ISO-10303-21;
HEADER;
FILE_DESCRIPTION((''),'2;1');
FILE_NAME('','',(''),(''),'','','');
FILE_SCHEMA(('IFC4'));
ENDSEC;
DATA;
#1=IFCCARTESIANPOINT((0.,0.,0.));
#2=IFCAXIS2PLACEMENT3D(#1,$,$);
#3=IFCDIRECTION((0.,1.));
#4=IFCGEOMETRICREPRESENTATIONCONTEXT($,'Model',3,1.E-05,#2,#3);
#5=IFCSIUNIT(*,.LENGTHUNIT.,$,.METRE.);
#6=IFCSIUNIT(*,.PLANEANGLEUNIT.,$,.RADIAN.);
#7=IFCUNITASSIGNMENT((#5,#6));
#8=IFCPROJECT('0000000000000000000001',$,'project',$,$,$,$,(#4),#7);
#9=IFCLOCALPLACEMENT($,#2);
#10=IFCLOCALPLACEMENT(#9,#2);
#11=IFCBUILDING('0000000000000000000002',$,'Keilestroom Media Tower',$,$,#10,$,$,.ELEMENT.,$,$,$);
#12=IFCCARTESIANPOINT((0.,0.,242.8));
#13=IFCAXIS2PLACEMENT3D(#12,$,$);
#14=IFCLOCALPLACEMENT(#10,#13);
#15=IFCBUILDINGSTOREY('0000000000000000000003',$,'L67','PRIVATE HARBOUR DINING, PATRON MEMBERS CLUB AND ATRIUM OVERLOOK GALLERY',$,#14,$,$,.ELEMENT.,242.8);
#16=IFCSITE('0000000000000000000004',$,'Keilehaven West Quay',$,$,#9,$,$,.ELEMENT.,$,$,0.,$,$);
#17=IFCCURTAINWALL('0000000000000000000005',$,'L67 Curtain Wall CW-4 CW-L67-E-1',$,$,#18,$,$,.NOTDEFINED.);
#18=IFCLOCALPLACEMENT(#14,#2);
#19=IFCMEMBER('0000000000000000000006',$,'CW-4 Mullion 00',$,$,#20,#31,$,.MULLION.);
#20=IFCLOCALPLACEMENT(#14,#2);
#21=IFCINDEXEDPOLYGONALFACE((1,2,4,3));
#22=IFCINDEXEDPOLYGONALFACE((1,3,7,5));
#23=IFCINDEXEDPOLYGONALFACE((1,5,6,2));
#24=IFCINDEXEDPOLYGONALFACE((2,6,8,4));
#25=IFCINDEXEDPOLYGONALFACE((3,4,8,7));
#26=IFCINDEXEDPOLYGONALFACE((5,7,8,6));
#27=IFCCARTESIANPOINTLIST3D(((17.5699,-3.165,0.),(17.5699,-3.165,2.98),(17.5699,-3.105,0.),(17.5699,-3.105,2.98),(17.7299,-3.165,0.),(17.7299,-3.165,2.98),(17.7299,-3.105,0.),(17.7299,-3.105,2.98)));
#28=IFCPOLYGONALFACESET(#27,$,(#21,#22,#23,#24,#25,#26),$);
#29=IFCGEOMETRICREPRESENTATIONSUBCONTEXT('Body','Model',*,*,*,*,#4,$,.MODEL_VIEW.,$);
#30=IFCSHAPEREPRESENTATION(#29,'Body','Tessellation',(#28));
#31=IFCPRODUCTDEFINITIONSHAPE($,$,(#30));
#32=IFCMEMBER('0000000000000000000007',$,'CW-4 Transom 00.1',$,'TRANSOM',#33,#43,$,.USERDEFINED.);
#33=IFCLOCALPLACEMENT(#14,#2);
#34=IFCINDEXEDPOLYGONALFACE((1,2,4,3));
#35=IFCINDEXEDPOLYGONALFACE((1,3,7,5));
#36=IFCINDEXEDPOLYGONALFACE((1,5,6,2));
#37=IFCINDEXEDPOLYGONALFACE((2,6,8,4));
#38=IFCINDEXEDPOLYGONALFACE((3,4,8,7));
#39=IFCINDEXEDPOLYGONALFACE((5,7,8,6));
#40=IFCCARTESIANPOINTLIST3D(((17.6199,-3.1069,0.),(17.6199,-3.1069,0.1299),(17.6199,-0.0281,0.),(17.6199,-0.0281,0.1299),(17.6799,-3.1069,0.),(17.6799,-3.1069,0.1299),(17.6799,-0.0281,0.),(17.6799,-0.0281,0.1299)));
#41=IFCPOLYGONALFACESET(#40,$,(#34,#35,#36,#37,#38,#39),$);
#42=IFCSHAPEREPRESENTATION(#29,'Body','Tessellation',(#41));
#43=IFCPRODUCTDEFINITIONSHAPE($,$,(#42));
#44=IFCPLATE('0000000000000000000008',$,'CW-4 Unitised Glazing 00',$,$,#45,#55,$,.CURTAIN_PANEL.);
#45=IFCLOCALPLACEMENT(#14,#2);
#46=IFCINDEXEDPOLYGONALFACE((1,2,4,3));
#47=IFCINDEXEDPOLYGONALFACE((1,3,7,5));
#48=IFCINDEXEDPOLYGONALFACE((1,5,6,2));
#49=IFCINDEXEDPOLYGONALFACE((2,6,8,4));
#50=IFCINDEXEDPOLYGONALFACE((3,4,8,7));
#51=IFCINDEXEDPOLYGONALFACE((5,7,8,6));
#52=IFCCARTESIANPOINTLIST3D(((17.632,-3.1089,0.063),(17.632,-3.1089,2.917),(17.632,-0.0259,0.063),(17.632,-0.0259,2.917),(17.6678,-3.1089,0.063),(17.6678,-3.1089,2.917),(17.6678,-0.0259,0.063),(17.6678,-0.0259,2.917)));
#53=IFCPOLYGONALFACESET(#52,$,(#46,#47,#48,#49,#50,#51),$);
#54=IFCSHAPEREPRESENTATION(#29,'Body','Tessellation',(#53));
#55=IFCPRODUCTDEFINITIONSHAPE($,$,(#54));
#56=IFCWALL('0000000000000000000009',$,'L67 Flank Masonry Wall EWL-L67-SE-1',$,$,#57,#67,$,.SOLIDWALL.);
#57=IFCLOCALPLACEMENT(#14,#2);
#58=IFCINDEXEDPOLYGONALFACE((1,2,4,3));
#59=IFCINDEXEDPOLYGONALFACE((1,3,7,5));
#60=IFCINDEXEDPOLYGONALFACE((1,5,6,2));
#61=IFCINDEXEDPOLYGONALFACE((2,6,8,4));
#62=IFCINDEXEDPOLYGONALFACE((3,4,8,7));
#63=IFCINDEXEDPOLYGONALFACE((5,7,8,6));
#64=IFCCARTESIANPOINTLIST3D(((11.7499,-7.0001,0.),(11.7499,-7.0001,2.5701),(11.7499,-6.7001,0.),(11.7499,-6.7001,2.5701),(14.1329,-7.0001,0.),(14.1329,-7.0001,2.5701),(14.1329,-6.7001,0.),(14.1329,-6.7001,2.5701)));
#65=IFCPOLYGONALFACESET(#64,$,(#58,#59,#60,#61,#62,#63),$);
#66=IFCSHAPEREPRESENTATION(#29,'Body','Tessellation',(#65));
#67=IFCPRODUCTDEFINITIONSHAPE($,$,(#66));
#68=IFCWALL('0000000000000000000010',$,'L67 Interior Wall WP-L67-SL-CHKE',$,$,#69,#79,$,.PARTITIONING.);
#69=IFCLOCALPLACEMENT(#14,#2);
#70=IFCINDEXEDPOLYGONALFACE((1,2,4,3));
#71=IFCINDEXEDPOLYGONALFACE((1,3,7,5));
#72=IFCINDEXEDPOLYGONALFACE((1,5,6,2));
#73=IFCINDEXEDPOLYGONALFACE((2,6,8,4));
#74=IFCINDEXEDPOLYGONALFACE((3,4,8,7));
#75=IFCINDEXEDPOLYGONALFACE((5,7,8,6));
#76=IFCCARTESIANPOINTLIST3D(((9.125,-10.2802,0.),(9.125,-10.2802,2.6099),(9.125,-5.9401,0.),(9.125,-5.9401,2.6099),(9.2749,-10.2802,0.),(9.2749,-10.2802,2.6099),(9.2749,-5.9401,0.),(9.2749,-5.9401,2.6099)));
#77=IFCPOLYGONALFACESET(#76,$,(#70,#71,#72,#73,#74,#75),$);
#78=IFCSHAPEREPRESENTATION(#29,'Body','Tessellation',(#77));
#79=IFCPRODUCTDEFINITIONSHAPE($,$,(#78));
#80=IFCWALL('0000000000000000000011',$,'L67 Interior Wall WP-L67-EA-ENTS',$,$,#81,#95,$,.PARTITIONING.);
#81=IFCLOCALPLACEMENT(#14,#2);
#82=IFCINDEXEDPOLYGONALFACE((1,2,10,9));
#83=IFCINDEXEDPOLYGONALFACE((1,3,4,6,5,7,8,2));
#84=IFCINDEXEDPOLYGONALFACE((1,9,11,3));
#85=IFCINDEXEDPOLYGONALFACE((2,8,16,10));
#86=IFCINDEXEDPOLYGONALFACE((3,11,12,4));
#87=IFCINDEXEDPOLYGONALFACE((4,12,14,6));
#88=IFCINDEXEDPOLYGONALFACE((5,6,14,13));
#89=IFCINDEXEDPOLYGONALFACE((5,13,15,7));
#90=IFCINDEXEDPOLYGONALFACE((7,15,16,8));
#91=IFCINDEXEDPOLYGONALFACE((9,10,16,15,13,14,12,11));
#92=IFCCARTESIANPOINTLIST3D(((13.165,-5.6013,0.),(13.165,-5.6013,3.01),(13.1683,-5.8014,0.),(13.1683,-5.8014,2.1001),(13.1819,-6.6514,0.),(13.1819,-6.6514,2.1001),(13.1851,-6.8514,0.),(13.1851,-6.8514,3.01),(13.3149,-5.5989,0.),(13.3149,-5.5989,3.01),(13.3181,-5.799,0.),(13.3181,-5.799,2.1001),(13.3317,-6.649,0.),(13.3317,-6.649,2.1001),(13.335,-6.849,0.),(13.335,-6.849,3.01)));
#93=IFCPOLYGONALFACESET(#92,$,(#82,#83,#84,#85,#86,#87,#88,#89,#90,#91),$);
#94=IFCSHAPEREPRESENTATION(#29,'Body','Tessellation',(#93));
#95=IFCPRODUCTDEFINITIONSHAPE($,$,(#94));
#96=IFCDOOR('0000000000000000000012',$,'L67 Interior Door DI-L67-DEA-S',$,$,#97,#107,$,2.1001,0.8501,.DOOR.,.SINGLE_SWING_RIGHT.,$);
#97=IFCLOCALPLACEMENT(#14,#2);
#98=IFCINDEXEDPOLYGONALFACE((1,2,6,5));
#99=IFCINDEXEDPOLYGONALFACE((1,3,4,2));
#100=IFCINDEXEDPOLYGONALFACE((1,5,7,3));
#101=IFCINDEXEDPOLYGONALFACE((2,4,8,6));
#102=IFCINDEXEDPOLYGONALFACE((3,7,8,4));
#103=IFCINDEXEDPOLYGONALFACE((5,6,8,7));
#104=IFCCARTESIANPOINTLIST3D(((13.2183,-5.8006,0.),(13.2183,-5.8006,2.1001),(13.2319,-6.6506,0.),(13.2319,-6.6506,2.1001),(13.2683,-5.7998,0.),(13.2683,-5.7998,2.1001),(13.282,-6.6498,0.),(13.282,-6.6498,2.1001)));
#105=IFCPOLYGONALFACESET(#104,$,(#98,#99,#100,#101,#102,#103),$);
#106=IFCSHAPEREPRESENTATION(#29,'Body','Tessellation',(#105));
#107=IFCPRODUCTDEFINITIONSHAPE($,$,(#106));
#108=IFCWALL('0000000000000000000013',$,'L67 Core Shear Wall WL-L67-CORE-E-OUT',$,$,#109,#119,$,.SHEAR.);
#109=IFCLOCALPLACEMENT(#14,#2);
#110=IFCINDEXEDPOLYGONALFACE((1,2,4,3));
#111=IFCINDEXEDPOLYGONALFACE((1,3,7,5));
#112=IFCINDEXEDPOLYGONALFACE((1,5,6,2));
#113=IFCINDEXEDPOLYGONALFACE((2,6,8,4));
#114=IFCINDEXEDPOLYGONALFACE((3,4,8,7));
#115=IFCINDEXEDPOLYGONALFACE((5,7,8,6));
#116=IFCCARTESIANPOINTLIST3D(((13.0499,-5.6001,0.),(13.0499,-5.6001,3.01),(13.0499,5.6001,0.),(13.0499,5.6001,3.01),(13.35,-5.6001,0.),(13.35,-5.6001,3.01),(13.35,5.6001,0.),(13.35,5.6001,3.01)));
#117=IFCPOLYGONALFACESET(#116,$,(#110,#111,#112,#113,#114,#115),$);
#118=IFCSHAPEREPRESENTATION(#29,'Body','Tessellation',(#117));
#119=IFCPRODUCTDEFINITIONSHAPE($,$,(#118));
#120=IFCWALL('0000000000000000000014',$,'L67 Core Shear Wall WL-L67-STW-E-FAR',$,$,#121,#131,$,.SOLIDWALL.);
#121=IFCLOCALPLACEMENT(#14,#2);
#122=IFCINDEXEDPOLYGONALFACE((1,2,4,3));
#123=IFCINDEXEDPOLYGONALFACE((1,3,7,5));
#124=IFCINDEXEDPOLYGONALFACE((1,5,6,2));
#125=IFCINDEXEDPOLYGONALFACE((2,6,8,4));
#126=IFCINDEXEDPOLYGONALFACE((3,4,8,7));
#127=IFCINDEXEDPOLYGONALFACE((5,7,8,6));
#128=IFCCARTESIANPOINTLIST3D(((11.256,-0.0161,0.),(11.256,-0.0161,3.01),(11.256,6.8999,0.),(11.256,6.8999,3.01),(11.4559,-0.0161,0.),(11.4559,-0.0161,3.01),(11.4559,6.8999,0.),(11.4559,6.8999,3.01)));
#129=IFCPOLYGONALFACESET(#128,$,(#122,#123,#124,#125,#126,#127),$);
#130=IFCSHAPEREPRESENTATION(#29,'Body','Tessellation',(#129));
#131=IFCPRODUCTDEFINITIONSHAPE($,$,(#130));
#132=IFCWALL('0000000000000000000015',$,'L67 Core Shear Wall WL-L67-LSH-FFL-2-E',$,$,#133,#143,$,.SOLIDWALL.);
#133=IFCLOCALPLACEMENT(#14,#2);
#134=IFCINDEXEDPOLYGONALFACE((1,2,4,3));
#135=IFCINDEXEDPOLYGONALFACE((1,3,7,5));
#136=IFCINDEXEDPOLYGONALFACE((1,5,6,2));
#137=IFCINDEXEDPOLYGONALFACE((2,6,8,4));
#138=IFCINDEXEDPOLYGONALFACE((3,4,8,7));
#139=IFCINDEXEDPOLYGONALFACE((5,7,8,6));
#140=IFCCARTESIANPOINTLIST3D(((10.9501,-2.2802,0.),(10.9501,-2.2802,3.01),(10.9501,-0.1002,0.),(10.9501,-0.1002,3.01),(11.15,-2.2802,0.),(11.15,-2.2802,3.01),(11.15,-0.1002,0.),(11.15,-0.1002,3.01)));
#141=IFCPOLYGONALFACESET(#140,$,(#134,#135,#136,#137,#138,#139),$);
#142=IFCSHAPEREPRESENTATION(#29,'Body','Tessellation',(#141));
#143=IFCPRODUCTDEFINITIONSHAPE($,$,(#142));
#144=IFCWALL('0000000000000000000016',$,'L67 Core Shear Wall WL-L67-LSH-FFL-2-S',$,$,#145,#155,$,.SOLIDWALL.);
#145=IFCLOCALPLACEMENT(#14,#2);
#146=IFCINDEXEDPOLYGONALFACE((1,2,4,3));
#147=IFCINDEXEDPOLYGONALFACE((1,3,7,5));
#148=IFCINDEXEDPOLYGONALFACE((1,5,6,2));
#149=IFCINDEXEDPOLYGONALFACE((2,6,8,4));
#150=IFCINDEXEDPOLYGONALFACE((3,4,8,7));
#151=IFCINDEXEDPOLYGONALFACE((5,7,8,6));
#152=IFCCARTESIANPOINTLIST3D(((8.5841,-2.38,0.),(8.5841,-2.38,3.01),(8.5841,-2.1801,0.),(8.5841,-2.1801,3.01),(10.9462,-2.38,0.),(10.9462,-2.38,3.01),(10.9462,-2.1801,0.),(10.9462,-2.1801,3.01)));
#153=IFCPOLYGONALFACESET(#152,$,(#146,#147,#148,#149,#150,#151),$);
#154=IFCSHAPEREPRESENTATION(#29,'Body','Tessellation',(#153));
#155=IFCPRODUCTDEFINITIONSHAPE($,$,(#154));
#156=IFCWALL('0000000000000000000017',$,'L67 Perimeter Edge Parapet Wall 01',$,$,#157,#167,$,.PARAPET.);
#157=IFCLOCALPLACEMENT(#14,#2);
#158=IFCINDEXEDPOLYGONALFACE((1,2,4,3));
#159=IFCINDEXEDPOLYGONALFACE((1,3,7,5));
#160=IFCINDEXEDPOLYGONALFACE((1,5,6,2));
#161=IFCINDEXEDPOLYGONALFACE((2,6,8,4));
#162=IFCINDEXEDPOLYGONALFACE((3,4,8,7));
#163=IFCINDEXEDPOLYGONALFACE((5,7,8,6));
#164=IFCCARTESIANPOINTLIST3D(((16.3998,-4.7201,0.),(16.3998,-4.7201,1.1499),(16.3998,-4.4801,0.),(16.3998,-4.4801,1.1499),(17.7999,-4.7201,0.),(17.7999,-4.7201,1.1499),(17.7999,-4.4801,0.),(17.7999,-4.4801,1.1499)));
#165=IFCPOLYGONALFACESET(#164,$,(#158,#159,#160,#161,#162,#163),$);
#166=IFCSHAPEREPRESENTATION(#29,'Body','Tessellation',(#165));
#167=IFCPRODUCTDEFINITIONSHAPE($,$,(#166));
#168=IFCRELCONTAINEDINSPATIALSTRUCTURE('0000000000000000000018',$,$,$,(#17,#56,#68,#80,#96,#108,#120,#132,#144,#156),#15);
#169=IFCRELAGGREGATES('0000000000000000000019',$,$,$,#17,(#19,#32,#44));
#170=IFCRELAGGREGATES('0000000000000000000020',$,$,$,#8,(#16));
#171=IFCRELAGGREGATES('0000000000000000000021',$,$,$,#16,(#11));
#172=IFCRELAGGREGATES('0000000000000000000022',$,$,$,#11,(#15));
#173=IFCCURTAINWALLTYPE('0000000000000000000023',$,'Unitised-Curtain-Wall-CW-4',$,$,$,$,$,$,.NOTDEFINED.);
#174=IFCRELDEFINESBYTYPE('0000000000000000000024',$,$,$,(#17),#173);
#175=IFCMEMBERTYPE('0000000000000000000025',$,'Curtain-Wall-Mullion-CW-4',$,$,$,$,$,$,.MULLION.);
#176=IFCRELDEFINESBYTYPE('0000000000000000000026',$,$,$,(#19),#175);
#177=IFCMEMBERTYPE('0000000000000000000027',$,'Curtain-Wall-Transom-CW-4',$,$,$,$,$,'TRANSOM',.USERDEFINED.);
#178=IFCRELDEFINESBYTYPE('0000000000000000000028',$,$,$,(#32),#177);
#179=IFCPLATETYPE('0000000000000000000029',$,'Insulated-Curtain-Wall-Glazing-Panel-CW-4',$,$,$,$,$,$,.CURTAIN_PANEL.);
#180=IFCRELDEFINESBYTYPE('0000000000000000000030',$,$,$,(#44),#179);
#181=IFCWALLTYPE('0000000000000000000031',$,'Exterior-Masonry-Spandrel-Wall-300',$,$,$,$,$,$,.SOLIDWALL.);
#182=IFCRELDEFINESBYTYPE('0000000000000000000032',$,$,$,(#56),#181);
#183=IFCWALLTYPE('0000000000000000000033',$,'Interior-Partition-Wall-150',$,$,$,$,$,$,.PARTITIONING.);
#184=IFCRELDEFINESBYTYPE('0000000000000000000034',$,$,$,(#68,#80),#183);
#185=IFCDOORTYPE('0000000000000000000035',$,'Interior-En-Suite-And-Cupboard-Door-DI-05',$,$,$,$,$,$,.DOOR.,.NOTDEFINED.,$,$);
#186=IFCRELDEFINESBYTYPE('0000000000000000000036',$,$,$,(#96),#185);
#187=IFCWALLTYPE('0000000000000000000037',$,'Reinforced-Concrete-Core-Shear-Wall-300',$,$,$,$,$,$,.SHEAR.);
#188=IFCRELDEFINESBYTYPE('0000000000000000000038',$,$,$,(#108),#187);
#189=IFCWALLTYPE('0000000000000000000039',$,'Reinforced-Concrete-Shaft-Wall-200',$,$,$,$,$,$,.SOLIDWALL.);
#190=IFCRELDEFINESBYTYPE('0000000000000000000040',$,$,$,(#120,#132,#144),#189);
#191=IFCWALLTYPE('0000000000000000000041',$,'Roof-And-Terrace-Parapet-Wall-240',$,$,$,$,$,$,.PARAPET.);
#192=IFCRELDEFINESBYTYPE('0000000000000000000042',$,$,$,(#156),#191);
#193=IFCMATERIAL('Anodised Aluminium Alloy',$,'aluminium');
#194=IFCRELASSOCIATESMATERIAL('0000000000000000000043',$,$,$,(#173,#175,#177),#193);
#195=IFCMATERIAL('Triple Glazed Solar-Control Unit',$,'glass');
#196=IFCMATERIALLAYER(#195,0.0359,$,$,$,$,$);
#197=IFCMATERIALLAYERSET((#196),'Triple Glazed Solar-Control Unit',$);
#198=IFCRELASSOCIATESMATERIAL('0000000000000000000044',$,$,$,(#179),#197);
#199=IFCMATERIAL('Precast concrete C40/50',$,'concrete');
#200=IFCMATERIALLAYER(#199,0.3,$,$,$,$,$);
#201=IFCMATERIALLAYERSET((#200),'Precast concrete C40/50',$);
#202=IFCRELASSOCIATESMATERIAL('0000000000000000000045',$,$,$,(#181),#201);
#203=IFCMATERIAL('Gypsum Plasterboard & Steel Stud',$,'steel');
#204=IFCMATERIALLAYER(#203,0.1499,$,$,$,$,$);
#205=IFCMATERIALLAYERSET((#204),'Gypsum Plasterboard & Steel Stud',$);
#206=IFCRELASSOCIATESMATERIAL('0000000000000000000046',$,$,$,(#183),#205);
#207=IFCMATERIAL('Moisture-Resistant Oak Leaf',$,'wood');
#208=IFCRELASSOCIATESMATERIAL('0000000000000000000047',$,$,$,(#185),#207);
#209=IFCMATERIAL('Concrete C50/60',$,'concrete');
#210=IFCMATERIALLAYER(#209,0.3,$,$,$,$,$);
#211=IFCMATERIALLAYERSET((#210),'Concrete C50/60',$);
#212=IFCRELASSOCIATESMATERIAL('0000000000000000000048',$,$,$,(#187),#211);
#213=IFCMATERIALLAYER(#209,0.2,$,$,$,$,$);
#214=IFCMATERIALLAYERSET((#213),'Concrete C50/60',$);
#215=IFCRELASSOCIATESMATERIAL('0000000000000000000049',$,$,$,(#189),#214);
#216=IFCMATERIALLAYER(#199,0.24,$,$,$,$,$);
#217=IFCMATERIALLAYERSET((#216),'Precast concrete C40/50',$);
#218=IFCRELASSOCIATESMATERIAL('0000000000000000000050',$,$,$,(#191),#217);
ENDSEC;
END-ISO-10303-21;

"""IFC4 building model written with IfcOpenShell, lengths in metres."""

from ifc_helpers import new_model, si_unit, direction, frame, frame_2d, origin, origin_2d, place, context, subcontext, project, spatial, rectangle, extrude, source, transform, mapped, material, layer, layer_set, material_profile, profile_set, type_object, element, fill, aggregate, save


model = new_model("IFC4")

# Units and contexts
model_context = context("Model", 3, precision=1e-05, world=origin(), true_north=direction((0.0, 1.0)))
body_context = subcontext(model_context, "Body", "Model", "MODEL_VIEW")
ifc_project = project(units=[si_unit("LENGTHUNIT", "METRE"), si_unit("PLANEANGLEUNIT", "RADIAN")], contexts=[model_context])

# Site, building, storey
site_placement = place(None, origin())
site = spatial("IfcSite", under=ifc_project, at=site_placement, Name="Keilehaven West Quay", CompositionType="ELEMENT", RefElevation=0.0)
building_placement = place(site_placement, origin())
building = spatial("IfcBuilding", under=site, at=building_placement, Name="Keilestroom Media Tower", CompositionType="ELEMENT")
storey_placement = place(building_placement, frame((0.0, 0.0, 242.8)))
storey = spatial("IfcBuildingStorey", under=building, at=storey_placement, Name="L67", Description="PRIVATE HARBOUR DINING, PATRON MEMBERS CLUB AND ATRIUM OVERLOOK GALLERY", CompositionType="ELEMENT", Elevation=242.8)

# Shared definitions
ifc_material_1 = material(Name="Precast concrete C40/50", Category="concrete")
ifc_material_2 = material(Name="Concrete C50/60", Category="concrete")

# Curtain wall, members, plate
ifc_material_3 = material(Name="Anodised Aluminium Alloy", Category="aluminium")
curtain_wall_type = type_object("IfcCurtainWallType", Name="Unitised-Curtain-Wall-CW-4", PredefinedType="NOTDEFINED", material=ifc_material_3)
curtain_wall_placement = place(storey_placement, origin())
curtain_wall = element("IfcCurtainWall", 1, at=curtain_wall_placement, inside=storey, type_object=curtain_wall_type, Name="L67 Curtain Wall CW-4 CW-L67-E-1", PredefinedType="NOTDEFINED")
ifc_material_profile_1 = material_profile(ifc_material_3, rectangle(XDim=0.0601, YDim=0.1599, at=origin_2d()), Name="ALU MULLION 60x160")
ifc_profile_set_1 = profile_set([ifc_material_profile_1], Name="Anodised Aluminium Alloy")
member_type_1 = type_object("IfcMemberType", Name="Curtain-Wall-Mullion-CW-4", PredefinedType="MULLION", material=ifc_profile_set_1)
shared_shape_1 = source(origin(), body_context, "Body", "SweptSolid", [
    extrude(rectangle(XDim=0.0601, YDim=0.1599, at=origin_2d()), origin(), (0.0, 0.0, 1.0), 2.98),
])
member_1_placement = place(storey_placement, frame((17.6499, -3.135, 0.0), z_axis=(0.0, 0.0, 1.0), x_axis=(0.0, 1.0, 0.0)))
member_1 = element("IfcMember", 2, at=member_1_placement, type_object=member_type_1, Name="CW-4 Mullion 00", PredefinedType="MULLION", context=body_context, shape_type="MappedRepresentation", body=[
    mapped(shared_shape_1, transform((0.0, 0.0, 0.0), x_axis=(1.0, 0.0, 0.0), y_axis=(0.0, 1.0, 0.0), z_axis=(0.0, 0.0, 1.0), scale=1.0)),
])
ifc_material_profile_2 = material_profile(ifc_material_3, rectangle(XDim=0.0601, YDim=0.1299, at=origin_2d()), Name="ALU TRANSOM 60x130")
ifc_profile_set_2 = profile_set([ifc_material_profile_2], Name="Anodised Aluminium Alloy")
member_type_2 = type_object("IfcMemberType", Name="Curtain-Wall-Transom-CW-4", ElementType="TRANSOM", PredefinedType="USERDEFINED", material=ifc_profile_set_2)
shared_shape_2 = source(origin(), body_context, "Body", "SweptSolid", [
    extrude(rectangle(XDim=0.0601, YDim=0.1299, at=origin_2d()), origin(), (0.0, 0.0, 1.0), 3.0789),
])
member_2_placement = place(storey_placement, frame((17.6499, -3.1069, 0.0649), z_axis=(0.0, 1.0, 0.0), x_axis=(-1.0, 0.0, 0.0)))
member_2 = element("IfcMember", 3, at=member_2_placement, type_object=member_type_2, Name="CW-4 Transom 00.1", ObjectType="TRANSOM", PredefinedType="USERDEFINED", context=body_context, shape_type="MappedRepresentation", body=[
    mapped(shared_shape_2, transform((0.0, 0.0, 0.0), x_axis=(1.0, 0.0, 0.0), y_axis=(0.0, 1.0, 0.0), z_axis=(0.0, 0.0, 1.0), scale=1.0)),
])
ifc_material_4 = material(Name="Triple Glazed Solar-Control Unit", Category="glass")
ifc_layer_1 = layer(ifc_material_4, 0.0359)
ifc_layer_set_1 = layer_set([ifc_layer_1], Name="Triple Glazed Solar-Control Unit")
plate_type = type_object("IfcPlateType", Name="Insulated-Curtain-Wall-Glazing-Panel-CW-4", PredefinedType="CURTAIN_PANEL", material=ifc_layer_set_1)
shared_shape_3 = source(origin(), body_context, "Body", "SweptSolid", [
    extrude(rectangle(XDim=3.083, YDim=0.0359, at=origin_2d()), origin(), (0.0, 0.0, 1.0), 2.854),
])
plate_placement = place(storey_placement, frame((17.6499, -1.5674, 0.063), z_axis=(0.0, 0.0, 1.0), x_axis=(0.0, 1.0, 0.0)))
plate = element("IfcPlate", 4, at=plate_placement, type_object=plate_type, Name="CW-4 Unitised Glazing 00", PredefinedType="CURTAIN_PANEL", context=body_context, shape_type="MappedRepresentation", body=[
    mapped(shared_shape_3, transform((0.0, 0.0, 0.0), x_axis=(1.0, 0.0, 0.0), y_axis=(0.0, 1.0, 0.0), z_axis=(0.0, 0.0, 1.0), scale=1.0)),
])
aggregate(curtain_wall, [member_1, member_2, plate])

# Walls
ifc_layer_2 = layer(ifc_material_1, 0.3)
ifc_layer_set_2 = layer_set([ifc_layer_2], Name="Precast concrete C40/50")
wall_type_1 = type_object("IfcWallType", Name="Exterior-Masonry-Spandrel-Wall-300", PredefinedType="SOLIDWALL", material=ifc_layer_set_2)
wall_1_placement = place(storey_placement, frame((11.75, -6.8501, 0.0), z_axis=(0.0, 0.0, 1.0), x_axis=(1.0, 0.0, 0.0)))
element("IfcWall", 5, at=wall_1_placement, inside=storey, type_object=wall_type_1, Name="L67 Flank Masonry Wall EWL-L67-SE-1", PredefinedType="SOLIDWALL", context=body_context, shape_type="SweptSolid", body=[
    extrude(rectangle(XDim=2.3831, YDim=0.3, at=frame_2d((1.1914, 0.0))), origin(), (0.0, 0.0, 1.0), 2.5701),
])
ifc_material_5 = material(Name="Gypsum Plasterboard & Steel Stud", Category="steel")
ifc_layer_3 = layer(ifc_material_5, 0.1499)
ifc_layer_set_3 = layer_set([ifc_layer_3], Name="Gypsum Plasterboard & Steel Stud")
wall_type_2 = type_object("IfcWallType", Name="Interior-Partition-Wall-150", PredefinedType="PARTITIONING", material=ifc_layer_set_3)
wall_2_placement = place(storey_placement, frame((9.2, -10.28, 0.0), z_axis=(0.0, 0.0, 1.0), x_axis=(0.0, 1.0, 0.0)))
element("IfcWall", 6, at=wall_2_placement, inside=storey, type_object=wall_type_2, Name="L67 Interior Wall WP-L67-SL-CHKE", PredefinedType="PARTITIONING", context=body_context, shape_type="SweptSolid", body=[
    extrude(rectangle(XDim=4.3401, YDim=0.1499, at=frame_2d((2.1699, 0.0))), origin(), (0.0, 0.0, 1.0), 2.6099),
])

# Wall, opening, door
wall_3_placement = place(storey_placement, frame((13.26, -6.8501, 0.0), z_axis=(0.0, 0.0, 1.0), x_axis=(-0.016014, 0.999872, 0.0)))
wall_3 = element("IfcWall", 7, at=wall_3_placement, inside=storey, type_object=wall_type_2, Name="L67 Interior Wall WP-L67-EA-ENTS", PredefinedType="PARTITIONING", context=body_context, shape_type="SweptSolid", body=[
    extrude(rectangle(XDim=1.2502, YDim=0.1499, at=frame_2d((0.625, 0.0))), origin(), (0.0, 0.0, 1.0), 3.01),
])
opening_placement = place(wall_3_placement, frame((0.2, 0.0, 0.0)))
opening = element("IfcOpeningElement", 8, at=opening_placement, cuts=wall_3, PredefinedType="OPENING", context=body_context, shape_type="SweptSolid", body=[
    extrude(rectangle(XDim=0.8501, YDim=2.1001, at=frame_2d((0.425, 1.05))), frame((0.0, 0.085, 0.0), z_axis=(0.0, -1.0, 0.0), x_axis=(1.0, 0.0, 0.0)), (0.0, 0.0, 1.0), 0.1699),
])
ifc_material_6 = material(Name="Moisture-Resistant Oak Leaf", Category="wood")
door_type = type_object("IfcDoorType", Name="Interior-En-Suite-And-Cupboard-Door-DI-05", OperationType="NOTDEFINED", PredefinedType="DOOR", material=ifc_material_6)
shared_shape_4 = source(origin(), body_context, "Body", "SweptSolid", [
    extrude(rectangle(XDim=0.8501, YDim=2.1001, at=frame_2d((0.425, 1.05))), frame((0.0, 0.0249, 0.0), z_axis=(0.0, -1.0, 0.0), x_axis=(1.0, 0.0, 0.0)), (0.0, 0.0, 1.0), 0.05),
])
door_placement = place(opening_placement, origin())
door = element("IfcDoor", 9, at=door_placement, inside=storey, type_object=door_type, Name="L67 Interior Door DI-L67-DEA-S", OperationType="SINGLE_SWING_RIGHT", OverallHeight=2.1001, OverallWidth=0.8501, PredefinedType="DOOR", context=body_context, shape_type="MappedRepresentation", body=[
    mapped(shared_shape_4, transform((0.0, 0.0, 0.0), x_axis=(1.0, 0.0, 0.0), y_axis=(0.0, 1.0, 0.0), z_axis=(0.0, 0.0, 1.0), scale=1.0)),
])
fill(opening, door)

# Walls
ifc_layer_4 = layer(ifc_material_2, 0.3)
ifc_layer_set_4 = layer_set([ifc_layer_4], Name="Concrete C50/60")
wall_type_3 = type_object("IfcWallType", Name="Reinforced-Concrete-Core-Shear-Wall-300", PredefinedType="SHEAR", material=ifc_layer_set_4)
wall_4_placement = place(storey_placement, frame((13.2, -5.6001, 0.0), z_axis=(0.0, 0.0, 1.0), x_axis=(0.0, 1.0, 0.0)))
element("IfcWall", 10, at=wall_4_placement, inside=storey, type_object=wall_type_3, Name="L67 Core Shear Wall WL-L67-CORE-E-OUT", PredefinedType="SHEAR", context=body_context, shape_type="SweptSolid", body=[
    extrude(rectangle(XDim=11.2002, YDim=0.3, at=frame_2d((5.6001, 0.0))), origin(), (0.0, 0.0, 1.0), 3.01),
])
ifc_layer_5 = layer(ifc_material_2, 0.2)
ifc_layer_set_5 = layer_set([ifc_layer_5], Name="Concrete C50/60")
wall_type_4 = type_object("IfcWallType", Name="Reinforced-Concrete-Shaft-Wall-200", PredefinedType="SOLIDWALL", material=ifc_layer_set_5)
wall_5_placement = place(storey_placement, frame((11.356, -0.0161, 0.0), z_axis=(0.0, 0.0, 1.0), x_axis=(0.0, 1.0, 0.0)))
element("IfcWall", 11, at=wall_5_placement, inside=storey, type_object=wall_type_4, Name="L67 Core Shear Wall WL-L67-STW-E-FAR", PredefinedType="SOLIDWALL", context=body_context, shape_type="SweptSolid", body=[
    extrude(rectangle(XDim=6.916, YDim=0.2, at=frame_2d((3.458, 0.0))), origin(), (0.0, 0.0, 1.0), 3.01),
])
wall_6_placement = place(storey_placement, frame((11.05, -2.28, 0.0), z_axis=(0.0, 0.0, 1.0), x_axis=(0.0, 1.0, 0.0)))
element("IfcWall", 12, at=wall_6_placement, inside=storey, type_object=wall_type_4, Name="L67 Core Shear Wall WL-L67-LSH-FFL-2-E", PredefinedType="SOLIDWALL", context=body_context, shape_type="SweptSolid", body=[
    extrude(rectangle(XDim=2.1799, YDim=0.2, at=frame_2d((1.0898, 0.0))), origin(), (0.0, 0.0, 1.0), 3.01),
])
wall_7_placement = place(storey_placement, frame((8.584, -2.28, 0.0), z_axis=(0.0, 0.0, 1.0), x_axis=(1.0, 0.0, 0.0)))
element("IfcWall", 13, at=wall_7_placement, inside=storey, type_object=wall_type_4, Name="L67 Core Shear Wall WL-L67-LSH-FFL-2-S", PredefinedType="SOLIDWALL", context=body_context, shape_type="SweptSolid", body=[
    extrude(rectangle(XDim=2.3621, YDim=0.2, at=frame_2d((1.1812, 0.0))), origin(), (0.0, 0.0, 1.0), 3.01),
])
ifc_layer_6 = layer(ifc_material_1, 0.24)
ifc_layer_set_6 = layer_set([ifc_layer_6], Name="Precast concrete C40/50")
wall_type_5 = type_object("IfcWallType", Name="Roof-And-Terrace-Parapet-Wall-240", PredefinedType="PARAPET", material=ifc_layer_set_6)
wall_8_placement = place(storey_placement, frame((17.8, -4.6001, 0.0), z_axis=(0.0, 0.0, 1.0), x_axis=(-1.0, 0.0, 0.0)))
element("IfcWall", 14, at=wall_8_placement, inside=storey, type_object=wall_type_5, Name="L67 Perimeter Edge Parapet Wall 01", PredefinedType="PARAPET", context=body_context, shape_type="SweptSolid", body=[
    extrude(rectangle(XDim=1.4001, YDim=0.24, at=frame_2d((0.7002, 0.0))), origin(), (0.0, 0.0, 1.0), 1.1499),
])

save(model, "model.ifc")
